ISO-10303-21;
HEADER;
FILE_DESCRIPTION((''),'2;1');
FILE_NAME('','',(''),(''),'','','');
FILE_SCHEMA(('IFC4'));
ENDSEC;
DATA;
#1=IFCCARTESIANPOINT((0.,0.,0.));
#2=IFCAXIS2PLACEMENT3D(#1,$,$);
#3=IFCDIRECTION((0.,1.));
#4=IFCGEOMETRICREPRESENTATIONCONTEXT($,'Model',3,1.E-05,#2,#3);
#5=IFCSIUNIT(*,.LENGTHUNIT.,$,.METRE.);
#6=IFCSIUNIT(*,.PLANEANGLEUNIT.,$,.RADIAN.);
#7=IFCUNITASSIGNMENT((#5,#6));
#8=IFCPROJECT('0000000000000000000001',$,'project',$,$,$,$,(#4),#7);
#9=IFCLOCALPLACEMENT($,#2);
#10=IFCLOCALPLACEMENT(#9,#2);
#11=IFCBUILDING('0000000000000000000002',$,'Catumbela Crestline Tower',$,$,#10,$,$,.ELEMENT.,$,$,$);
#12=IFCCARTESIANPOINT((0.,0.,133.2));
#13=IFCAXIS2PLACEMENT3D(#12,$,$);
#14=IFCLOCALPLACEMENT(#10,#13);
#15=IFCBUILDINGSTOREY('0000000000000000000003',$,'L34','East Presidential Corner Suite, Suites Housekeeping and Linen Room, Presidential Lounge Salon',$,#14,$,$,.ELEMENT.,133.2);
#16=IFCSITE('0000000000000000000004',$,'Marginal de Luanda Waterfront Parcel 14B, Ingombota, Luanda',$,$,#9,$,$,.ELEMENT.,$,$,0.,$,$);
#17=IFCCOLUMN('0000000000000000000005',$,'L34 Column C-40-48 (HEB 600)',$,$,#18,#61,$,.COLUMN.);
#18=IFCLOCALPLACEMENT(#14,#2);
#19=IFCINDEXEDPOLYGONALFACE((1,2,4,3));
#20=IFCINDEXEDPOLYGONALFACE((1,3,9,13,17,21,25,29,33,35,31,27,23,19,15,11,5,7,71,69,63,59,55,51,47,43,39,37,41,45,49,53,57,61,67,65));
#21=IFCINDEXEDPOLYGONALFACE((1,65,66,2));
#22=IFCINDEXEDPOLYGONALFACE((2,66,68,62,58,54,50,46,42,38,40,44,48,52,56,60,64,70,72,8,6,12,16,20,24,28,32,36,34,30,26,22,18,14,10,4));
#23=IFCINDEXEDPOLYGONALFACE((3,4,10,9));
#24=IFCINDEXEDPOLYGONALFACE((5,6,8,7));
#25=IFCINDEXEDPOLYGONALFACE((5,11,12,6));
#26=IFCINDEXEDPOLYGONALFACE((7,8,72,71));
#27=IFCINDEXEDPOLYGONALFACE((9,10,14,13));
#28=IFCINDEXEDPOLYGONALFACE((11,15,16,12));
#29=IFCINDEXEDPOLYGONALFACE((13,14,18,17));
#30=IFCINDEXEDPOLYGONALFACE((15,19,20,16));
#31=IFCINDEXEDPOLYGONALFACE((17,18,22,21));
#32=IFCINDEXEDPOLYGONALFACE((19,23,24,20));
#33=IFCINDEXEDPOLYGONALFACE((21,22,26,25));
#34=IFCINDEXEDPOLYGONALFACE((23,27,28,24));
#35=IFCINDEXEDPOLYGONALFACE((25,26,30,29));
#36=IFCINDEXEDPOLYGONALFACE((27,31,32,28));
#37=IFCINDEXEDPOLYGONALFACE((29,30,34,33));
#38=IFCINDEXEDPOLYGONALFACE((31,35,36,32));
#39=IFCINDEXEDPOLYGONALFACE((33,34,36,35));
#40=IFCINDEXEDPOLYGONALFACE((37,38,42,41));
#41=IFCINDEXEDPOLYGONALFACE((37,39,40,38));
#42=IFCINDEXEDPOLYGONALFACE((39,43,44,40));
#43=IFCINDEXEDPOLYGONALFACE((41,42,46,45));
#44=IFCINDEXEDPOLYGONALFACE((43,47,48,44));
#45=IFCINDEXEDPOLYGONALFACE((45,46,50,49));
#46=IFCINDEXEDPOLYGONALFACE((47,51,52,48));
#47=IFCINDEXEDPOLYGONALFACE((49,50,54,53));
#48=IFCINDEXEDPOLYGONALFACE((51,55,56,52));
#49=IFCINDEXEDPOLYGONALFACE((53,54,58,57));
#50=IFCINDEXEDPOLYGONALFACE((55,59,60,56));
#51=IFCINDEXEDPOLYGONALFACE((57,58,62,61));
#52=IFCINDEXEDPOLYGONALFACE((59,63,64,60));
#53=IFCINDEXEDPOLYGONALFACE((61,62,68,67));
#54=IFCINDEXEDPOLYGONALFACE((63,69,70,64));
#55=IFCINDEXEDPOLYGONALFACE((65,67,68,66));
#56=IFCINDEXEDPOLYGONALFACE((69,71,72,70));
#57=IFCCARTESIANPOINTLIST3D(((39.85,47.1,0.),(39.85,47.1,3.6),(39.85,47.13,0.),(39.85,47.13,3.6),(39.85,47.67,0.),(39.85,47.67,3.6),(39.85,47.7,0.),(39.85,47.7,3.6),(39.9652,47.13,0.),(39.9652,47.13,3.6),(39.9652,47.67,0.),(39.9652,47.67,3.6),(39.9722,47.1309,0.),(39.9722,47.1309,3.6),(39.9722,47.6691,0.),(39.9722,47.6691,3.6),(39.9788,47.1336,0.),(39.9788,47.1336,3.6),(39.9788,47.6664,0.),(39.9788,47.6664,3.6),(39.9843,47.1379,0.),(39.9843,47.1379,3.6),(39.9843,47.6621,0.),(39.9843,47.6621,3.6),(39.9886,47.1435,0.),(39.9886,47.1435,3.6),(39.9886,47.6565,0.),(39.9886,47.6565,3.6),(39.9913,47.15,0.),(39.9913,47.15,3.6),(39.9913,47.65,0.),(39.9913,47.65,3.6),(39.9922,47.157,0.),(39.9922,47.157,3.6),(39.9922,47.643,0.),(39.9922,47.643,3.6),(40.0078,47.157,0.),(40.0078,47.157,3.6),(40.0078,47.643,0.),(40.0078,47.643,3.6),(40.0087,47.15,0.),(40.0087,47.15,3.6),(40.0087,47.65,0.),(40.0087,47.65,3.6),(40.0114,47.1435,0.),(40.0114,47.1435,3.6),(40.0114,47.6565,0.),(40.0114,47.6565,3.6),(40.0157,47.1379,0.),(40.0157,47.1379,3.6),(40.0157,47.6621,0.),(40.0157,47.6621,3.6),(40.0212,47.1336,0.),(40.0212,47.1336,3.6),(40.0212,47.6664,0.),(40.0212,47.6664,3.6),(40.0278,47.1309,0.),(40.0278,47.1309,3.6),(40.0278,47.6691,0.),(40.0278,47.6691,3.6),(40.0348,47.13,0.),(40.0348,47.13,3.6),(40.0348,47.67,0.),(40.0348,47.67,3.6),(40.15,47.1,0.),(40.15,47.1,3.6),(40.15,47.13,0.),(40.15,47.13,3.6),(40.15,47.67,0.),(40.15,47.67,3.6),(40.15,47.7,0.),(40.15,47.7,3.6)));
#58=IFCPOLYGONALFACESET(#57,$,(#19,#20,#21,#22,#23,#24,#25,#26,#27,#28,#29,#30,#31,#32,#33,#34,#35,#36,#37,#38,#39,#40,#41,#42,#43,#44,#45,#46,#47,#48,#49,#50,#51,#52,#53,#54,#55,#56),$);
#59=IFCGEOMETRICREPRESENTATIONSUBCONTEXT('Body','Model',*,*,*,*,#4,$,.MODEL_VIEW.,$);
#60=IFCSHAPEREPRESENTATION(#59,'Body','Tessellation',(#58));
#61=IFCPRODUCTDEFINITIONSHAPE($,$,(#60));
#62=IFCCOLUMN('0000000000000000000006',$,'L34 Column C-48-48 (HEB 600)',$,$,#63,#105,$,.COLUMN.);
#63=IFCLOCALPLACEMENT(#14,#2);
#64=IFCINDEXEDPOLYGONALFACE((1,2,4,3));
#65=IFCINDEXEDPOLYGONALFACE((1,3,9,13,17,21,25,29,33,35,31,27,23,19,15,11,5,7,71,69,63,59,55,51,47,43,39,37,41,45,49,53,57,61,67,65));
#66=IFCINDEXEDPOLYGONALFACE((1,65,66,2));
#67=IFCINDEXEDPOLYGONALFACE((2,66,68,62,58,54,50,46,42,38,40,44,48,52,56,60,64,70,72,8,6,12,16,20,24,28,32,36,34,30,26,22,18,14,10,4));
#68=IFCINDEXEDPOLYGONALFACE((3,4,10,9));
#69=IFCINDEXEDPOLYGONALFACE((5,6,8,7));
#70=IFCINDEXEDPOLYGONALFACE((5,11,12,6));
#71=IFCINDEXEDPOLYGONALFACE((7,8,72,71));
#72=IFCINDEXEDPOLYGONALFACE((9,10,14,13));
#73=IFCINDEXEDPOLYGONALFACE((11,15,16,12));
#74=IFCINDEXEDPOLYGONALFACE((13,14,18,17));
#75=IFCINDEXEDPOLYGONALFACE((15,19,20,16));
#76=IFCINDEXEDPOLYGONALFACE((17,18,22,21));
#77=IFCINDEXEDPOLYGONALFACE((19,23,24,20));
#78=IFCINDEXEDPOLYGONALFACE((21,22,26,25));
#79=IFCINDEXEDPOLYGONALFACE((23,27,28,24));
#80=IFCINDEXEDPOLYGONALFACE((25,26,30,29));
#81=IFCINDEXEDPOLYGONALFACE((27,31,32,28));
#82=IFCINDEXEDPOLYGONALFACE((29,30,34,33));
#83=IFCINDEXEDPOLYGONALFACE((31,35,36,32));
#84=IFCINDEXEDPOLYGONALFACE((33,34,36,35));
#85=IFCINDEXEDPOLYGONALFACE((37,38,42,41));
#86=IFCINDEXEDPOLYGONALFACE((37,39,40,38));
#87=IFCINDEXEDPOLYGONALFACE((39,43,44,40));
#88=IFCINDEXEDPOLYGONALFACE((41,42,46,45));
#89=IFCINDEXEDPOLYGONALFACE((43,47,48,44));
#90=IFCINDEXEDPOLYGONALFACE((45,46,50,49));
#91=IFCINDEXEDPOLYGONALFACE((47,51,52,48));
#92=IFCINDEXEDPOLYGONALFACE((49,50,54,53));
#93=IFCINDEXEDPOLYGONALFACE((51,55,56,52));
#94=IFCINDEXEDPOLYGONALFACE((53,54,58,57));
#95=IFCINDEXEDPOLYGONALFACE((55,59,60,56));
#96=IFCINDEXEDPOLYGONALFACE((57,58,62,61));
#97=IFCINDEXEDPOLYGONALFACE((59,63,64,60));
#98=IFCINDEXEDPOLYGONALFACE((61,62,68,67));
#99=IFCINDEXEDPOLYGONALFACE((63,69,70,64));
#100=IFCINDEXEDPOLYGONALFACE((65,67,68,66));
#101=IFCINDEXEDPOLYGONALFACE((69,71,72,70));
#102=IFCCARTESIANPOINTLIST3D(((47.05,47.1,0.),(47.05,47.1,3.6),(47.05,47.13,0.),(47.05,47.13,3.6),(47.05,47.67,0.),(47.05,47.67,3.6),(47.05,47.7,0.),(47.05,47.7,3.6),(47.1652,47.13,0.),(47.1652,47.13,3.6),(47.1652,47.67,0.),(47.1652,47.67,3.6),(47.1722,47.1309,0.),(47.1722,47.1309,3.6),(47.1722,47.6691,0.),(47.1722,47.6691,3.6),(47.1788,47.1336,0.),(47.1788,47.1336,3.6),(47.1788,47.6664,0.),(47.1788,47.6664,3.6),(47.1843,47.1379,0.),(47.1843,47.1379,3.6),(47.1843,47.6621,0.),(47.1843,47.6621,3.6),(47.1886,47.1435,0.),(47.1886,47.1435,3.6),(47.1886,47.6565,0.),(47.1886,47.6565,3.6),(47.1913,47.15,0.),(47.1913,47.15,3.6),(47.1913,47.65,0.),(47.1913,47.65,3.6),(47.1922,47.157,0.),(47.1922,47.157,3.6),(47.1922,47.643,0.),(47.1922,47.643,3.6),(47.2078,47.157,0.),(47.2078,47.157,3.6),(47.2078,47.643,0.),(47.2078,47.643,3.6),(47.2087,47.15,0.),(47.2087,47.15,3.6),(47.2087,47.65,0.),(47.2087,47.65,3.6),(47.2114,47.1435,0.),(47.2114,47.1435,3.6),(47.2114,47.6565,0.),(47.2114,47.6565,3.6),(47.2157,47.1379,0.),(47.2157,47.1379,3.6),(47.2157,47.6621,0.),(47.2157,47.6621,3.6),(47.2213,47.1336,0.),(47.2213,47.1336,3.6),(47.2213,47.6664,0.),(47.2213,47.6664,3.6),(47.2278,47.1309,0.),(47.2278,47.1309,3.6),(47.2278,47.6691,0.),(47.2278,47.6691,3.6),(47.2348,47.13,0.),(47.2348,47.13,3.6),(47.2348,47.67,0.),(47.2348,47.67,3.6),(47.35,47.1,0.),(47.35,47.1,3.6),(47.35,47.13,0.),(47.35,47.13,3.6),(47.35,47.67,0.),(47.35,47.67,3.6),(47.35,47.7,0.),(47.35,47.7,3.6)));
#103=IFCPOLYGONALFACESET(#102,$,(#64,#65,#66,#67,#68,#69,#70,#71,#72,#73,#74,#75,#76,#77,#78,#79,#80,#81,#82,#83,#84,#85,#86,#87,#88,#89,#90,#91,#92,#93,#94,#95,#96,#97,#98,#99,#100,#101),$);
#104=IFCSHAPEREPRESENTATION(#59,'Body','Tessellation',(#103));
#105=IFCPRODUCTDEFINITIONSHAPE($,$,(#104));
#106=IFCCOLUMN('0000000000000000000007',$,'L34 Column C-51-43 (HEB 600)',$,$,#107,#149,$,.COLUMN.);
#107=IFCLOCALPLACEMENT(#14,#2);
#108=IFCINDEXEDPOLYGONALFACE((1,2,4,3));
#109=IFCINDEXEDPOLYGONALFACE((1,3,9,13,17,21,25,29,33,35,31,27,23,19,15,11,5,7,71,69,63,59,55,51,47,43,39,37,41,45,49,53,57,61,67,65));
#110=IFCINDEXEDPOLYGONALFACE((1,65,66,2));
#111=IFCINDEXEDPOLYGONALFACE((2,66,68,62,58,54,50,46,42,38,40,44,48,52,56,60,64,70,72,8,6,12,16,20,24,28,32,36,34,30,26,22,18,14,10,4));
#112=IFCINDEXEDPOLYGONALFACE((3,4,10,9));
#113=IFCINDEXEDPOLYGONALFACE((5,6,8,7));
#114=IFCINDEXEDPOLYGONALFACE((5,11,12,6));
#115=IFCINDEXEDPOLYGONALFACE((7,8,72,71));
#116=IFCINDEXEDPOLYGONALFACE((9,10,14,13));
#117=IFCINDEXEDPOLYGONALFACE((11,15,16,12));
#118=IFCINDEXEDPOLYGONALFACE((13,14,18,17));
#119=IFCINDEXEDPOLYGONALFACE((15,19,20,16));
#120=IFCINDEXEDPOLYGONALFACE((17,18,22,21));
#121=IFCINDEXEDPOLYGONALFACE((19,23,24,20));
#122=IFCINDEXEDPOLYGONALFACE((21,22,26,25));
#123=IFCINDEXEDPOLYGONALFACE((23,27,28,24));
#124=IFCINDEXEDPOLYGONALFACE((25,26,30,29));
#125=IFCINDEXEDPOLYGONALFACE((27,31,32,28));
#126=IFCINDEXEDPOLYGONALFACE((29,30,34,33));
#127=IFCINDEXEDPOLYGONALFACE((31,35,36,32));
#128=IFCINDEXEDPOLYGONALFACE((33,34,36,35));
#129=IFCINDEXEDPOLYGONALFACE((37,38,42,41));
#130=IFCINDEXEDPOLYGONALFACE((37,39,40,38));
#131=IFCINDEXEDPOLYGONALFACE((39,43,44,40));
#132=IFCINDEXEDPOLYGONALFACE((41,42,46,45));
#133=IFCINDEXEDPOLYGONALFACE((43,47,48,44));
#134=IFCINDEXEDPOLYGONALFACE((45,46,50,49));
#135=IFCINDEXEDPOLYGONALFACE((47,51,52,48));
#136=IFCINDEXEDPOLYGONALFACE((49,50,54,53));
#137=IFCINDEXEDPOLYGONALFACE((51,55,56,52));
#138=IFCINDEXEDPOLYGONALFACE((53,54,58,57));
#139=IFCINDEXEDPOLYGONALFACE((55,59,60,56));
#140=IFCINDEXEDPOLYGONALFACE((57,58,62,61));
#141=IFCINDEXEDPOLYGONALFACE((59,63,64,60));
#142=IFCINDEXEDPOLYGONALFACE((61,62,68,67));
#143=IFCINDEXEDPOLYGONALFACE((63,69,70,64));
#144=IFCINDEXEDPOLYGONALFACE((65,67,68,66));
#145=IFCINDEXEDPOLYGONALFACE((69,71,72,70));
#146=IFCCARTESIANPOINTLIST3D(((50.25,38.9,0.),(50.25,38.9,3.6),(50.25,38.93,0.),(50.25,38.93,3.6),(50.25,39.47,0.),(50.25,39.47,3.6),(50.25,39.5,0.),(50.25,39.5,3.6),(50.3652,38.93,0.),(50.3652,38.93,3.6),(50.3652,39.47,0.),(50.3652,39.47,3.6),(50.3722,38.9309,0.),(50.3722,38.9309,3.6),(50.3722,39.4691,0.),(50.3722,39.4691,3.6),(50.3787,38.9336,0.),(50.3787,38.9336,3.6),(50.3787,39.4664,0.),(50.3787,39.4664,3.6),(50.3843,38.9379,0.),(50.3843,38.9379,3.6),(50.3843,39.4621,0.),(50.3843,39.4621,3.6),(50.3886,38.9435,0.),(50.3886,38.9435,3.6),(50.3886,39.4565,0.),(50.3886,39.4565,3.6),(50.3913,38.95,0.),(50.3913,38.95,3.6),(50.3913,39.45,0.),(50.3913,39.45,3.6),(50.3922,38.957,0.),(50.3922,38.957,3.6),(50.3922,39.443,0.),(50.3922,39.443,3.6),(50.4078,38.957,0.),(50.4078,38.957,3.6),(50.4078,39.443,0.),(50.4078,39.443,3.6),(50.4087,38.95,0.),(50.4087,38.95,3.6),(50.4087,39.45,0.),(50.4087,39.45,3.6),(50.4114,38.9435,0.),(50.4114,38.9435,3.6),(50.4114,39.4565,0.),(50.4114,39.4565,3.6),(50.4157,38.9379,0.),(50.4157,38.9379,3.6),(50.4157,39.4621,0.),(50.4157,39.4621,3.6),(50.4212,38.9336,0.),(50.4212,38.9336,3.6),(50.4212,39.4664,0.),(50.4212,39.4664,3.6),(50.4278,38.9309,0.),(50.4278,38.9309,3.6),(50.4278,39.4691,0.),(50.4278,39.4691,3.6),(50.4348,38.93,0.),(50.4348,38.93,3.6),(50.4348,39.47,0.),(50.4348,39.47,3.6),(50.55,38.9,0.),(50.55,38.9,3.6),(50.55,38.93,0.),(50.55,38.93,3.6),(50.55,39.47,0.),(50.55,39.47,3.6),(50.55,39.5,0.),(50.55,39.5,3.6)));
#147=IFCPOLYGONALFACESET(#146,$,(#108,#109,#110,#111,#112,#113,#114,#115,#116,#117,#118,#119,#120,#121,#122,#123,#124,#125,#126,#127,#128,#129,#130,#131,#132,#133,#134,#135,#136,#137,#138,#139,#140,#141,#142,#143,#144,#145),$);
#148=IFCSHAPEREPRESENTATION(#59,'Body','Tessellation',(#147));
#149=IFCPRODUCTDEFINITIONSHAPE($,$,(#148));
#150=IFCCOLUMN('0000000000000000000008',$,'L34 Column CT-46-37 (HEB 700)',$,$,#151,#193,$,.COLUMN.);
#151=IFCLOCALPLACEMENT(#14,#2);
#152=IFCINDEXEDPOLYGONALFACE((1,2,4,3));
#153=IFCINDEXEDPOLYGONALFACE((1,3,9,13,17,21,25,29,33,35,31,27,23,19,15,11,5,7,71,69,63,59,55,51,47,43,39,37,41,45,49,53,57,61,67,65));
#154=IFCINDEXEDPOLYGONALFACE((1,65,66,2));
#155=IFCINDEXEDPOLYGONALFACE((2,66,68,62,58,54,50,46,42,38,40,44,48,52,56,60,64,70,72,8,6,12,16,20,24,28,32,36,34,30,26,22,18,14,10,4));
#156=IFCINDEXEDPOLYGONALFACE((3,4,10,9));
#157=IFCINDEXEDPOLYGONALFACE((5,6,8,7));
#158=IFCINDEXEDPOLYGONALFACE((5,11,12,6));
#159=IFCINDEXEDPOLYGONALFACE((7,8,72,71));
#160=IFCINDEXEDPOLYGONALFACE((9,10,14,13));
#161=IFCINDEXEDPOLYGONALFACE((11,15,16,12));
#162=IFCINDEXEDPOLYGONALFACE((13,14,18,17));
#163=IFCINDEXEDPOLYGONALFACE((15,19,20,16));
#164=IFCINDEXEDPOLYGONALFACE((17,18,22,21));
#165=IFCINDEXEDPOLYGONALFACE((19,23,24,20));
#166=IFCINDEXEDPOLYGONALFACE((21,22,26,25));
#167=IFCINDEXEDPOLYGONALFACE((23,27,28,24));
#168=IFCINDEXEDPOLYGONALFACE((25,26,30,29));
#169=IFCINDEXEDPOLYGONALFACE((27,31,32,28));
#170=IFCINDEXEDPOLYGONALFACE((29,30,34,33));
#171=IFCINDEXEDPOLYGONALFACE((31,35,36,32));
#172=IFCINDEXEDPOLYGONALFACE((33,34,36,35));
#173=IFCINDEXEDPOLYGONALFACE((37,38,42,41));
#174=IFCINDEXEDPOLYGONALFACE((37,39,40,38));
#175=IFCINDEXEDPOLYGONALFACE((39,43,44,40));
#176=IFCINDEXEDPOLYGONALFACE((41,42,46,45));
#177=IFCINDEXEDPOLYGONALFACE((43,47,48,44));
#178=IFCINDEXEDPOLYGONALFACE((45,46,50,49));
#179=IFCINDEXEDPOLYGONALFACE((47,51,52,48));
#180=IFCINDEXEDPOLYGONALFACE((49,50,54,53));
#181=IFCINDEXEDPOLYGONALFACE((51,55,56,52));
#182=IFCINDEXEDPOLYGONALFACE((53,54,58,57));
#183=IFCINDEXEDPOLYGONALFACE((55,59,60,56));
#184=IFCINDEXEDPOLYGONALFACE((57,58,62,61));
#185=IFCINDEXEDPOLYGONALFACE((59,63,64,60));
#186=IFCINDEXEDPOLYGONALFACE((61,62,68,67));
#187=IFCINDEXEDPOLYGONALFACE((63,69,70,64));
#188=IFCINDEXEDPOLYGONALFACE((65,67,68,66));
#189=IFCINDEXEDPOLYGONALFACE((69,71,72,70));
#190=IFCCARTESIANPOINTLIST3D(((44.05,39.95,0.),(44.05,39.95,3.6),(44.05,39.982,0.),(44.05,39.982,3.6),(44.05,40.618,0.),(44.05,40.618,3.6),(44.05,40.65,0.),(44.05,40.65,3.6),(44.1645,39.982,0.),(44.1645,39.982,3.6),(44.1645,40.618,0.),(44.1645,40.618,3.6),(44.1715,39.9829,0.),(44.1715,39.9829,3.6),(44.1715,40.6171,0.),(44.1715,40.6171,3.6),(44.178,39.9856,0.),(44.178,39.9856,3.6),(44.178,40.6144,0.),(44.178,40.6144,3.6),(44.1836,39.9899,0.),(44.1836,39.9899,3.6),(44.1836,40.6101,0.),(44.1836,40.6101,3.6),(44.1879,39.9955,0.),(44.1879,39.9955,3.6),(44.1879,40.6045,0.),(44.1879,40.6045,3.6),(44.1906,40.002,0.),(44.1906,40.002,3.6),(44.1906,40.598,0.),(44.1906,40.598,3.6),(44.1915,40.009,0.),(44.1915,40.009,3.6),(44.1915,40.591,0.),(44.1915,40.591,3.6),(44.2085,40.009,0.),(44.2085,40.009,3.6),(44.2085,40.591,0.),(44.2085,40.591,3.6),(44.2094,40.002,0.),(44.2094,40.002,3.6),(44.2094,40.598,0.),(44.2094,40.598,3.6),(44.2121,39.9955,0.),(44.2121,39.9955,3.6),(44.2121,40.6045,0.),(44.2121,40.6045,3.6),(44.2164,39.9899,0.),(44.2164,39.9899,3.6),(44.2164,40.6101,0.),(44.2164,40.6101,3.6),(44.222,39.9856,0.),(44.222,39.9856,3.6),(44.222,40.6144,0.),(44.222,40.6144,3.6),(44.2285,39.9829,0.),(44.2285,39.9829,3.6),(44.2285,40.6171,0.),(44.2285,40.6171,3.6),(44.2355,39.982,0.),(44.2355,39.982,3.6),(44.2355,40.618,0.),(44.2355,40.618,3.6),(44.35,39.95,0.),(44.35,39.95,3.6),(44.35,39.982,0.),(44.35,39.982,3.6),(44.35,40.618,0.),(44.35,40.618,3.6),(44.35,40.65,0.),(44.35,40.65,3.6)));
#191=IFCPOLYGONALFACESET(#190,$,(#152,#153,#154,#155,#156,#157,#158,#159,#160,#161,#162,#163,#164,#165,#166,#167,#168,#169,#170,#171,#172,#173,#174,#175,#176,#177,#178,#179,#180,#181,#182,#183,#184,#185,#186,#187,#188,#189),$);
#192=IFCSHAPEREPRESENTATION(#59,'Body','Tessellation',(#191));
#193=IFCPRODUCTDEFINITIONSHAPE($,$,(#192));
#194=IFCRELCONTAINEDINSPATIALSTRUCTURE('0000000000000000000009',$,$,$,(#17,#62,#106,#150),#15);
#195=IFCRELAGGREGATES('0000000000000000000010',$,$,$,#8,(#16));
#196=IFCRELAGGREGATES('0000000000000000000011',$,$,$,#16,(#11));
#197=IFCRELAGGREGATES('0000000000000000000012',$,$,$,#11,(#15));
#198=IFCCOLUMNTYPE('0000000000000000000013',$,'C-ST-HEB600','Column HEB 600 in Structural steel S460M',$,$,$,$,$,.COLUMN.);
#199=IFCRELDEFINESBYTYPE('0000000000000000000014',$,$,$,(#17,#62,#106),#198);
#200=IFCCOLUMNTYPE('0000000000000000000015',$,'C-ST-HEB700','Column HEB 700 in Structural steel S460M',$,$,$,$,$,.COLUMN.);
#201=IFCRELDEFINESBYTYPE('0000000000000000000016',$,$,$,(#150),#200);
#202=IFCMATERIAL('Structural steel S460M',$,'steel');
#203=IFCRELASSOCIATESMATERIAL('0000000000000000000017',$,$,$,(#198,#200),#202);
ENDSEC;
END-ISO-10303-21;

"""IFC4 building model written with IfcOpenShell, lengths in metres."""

from ifc_helpers import new_model, si_unit, direction, frame, origin, origin_2d, place, context, subcontext, project, spatial, i_section, extrude, material, material_profile, profile_set, type_object, element, save


model = new_model("IFC4")

# Units and contexts
model_context = context("Model", 3, precision=1e-05, world=origin(), true_north=direction((0.0, 1.0)))
body_context = subcontext(model_context, "Body", "Model", "MODEL_VIEW")
ifc_project = project(units=[si_unit("LENGTHUNIT", "METRE"), si_unit("PLANEANGLEUNIT", "RADIAN")], contexts=[model_context])

# Site, building, storey
site_placement = place(None, origin())
site = spatial("IfcSite", under=ifc_project, at=site_placement, Name="Marginal de Luanda Waterfront Parcel 14B, Ingombota, Luanda", CompositionType="ELEMENT", RefElevation=0.0)
building_placement = place(site_placement, origin())
building = spatial("IfcBuilding", under=site, at=building_placement, Name="Catumbela Crestline Tower", CompositionType="ELEMENT")
storey_placement = place(building_placement, frame((0.0, 0.0, 133.2)))
storey = spatial("IfcBuildingStorey", under=building, at=storey_placement, Name="L34", Description="East Presidential Corner Suite, Suites Housekeeping and Linen Room, Presidential Lounge Salon", CompositionType="ELEMENT", Elevation=133.2)

# Columns
ifc_material_1 = material(Name="Structural steel S460M", Category="steel")
ifc_material_profile_1 = material_profile(ifc_material_1, i_section(OverallWidth=0.3, OverallDepth=0.6, WebThickness=0.0155, FlangeThickness=0.03, FilletRadius=0.027, at=origin_2d()), Name="HEB 600")
ifc_profile_set_1 = profile_set([ifc_material_profile_1], Name="Structural steel S460M")
column_type_1 = type_object("IfcColumnType", Name="C-ST-HEB600", Description="Column HEB 600 in Structural steel S460M", PredefinedType="COLUMN", material=ifc_profile_set_1)
for number, where, z_axis, x_axis, name in (
    (1, (40.0, 47.4, 0.0), (0.0, 0.0, 1.0), (1.0, 0.0, 0.0), "L34 Column C-40-48 (HEB 600)"),
    (2, (47.2, 47.4, 0.0), (0.0, 0.0, 1.0), (1.0, 0.0, 0.0), "L34 Column C-48-48 (HEB 600)"),
    (3, (50.4, 39.2, 0.0), (0.0, 0.0, 1.0), (1.0, 0.0, 0.0), "L34 Column C-51-43 (HEB 600)"),
):
    element("IfcColumn", number, at=place(storey_placement, frame(where, z_axis=z_axis, x_axis=x_axis)), inside=storey, type_object=column_type_1, Name=name, PredefinedType="COLUMN", context=body_context, shape_type="SweptSolid", body=[
        extrude(i_section(OverallWidth=0.3, OverallDepth=0.6, WebThickness=0.0155, FlangeThickness=0.03, FilletRadius=0.027, at=origin_2d()), origin(), (0.0, 0.0, 1.0), 3.6),
    ])
ifc_material_profile_2 = material_profile(ifc_material_1, i_section(OverallWidth=0.3, OverallDepth=0.7, WebThickness=0.017, FlangeThickness=0.032, FilletRadius=0.027, at=origin_2d()), Name="HEB 700")
ifc_profile_set_2 = profile_set([ifc_material_profile_2], Name="Structural steel S460M")
column_type_2 = type_object("IfcColumnType", Name="C-ST-HEB700", Description="Column HEB 700 in Structural steel S460M", PredefinedType="COLUMN", material=ifc_profile_set_2)
column_placement = place(storey_placement, frame((44.2, 40.3, 0.0), z_axis=(0.0, 0.0, 1.0), x_axis=(1.0, 0.0, 0.0)))
element("IfcColumn", 4, at=column_placement, inside=storey, type_object=column_type_2, Name="L34 Column CT-46-37 (HEB 700)", PredefinedType="COLUMN", context=body_context, shape_type="SweptSolid", body=[
    extrude(i_section(OverallWidth=0.3, OverallDepth=0.7, WebThickness=0.017, FlangeThickness=0.032, FilletRadius=0.027, at=origin_2d()), origin(), (0.0, 0.0, 1.0), 3.6),
])

save(model, "model.ifc")
